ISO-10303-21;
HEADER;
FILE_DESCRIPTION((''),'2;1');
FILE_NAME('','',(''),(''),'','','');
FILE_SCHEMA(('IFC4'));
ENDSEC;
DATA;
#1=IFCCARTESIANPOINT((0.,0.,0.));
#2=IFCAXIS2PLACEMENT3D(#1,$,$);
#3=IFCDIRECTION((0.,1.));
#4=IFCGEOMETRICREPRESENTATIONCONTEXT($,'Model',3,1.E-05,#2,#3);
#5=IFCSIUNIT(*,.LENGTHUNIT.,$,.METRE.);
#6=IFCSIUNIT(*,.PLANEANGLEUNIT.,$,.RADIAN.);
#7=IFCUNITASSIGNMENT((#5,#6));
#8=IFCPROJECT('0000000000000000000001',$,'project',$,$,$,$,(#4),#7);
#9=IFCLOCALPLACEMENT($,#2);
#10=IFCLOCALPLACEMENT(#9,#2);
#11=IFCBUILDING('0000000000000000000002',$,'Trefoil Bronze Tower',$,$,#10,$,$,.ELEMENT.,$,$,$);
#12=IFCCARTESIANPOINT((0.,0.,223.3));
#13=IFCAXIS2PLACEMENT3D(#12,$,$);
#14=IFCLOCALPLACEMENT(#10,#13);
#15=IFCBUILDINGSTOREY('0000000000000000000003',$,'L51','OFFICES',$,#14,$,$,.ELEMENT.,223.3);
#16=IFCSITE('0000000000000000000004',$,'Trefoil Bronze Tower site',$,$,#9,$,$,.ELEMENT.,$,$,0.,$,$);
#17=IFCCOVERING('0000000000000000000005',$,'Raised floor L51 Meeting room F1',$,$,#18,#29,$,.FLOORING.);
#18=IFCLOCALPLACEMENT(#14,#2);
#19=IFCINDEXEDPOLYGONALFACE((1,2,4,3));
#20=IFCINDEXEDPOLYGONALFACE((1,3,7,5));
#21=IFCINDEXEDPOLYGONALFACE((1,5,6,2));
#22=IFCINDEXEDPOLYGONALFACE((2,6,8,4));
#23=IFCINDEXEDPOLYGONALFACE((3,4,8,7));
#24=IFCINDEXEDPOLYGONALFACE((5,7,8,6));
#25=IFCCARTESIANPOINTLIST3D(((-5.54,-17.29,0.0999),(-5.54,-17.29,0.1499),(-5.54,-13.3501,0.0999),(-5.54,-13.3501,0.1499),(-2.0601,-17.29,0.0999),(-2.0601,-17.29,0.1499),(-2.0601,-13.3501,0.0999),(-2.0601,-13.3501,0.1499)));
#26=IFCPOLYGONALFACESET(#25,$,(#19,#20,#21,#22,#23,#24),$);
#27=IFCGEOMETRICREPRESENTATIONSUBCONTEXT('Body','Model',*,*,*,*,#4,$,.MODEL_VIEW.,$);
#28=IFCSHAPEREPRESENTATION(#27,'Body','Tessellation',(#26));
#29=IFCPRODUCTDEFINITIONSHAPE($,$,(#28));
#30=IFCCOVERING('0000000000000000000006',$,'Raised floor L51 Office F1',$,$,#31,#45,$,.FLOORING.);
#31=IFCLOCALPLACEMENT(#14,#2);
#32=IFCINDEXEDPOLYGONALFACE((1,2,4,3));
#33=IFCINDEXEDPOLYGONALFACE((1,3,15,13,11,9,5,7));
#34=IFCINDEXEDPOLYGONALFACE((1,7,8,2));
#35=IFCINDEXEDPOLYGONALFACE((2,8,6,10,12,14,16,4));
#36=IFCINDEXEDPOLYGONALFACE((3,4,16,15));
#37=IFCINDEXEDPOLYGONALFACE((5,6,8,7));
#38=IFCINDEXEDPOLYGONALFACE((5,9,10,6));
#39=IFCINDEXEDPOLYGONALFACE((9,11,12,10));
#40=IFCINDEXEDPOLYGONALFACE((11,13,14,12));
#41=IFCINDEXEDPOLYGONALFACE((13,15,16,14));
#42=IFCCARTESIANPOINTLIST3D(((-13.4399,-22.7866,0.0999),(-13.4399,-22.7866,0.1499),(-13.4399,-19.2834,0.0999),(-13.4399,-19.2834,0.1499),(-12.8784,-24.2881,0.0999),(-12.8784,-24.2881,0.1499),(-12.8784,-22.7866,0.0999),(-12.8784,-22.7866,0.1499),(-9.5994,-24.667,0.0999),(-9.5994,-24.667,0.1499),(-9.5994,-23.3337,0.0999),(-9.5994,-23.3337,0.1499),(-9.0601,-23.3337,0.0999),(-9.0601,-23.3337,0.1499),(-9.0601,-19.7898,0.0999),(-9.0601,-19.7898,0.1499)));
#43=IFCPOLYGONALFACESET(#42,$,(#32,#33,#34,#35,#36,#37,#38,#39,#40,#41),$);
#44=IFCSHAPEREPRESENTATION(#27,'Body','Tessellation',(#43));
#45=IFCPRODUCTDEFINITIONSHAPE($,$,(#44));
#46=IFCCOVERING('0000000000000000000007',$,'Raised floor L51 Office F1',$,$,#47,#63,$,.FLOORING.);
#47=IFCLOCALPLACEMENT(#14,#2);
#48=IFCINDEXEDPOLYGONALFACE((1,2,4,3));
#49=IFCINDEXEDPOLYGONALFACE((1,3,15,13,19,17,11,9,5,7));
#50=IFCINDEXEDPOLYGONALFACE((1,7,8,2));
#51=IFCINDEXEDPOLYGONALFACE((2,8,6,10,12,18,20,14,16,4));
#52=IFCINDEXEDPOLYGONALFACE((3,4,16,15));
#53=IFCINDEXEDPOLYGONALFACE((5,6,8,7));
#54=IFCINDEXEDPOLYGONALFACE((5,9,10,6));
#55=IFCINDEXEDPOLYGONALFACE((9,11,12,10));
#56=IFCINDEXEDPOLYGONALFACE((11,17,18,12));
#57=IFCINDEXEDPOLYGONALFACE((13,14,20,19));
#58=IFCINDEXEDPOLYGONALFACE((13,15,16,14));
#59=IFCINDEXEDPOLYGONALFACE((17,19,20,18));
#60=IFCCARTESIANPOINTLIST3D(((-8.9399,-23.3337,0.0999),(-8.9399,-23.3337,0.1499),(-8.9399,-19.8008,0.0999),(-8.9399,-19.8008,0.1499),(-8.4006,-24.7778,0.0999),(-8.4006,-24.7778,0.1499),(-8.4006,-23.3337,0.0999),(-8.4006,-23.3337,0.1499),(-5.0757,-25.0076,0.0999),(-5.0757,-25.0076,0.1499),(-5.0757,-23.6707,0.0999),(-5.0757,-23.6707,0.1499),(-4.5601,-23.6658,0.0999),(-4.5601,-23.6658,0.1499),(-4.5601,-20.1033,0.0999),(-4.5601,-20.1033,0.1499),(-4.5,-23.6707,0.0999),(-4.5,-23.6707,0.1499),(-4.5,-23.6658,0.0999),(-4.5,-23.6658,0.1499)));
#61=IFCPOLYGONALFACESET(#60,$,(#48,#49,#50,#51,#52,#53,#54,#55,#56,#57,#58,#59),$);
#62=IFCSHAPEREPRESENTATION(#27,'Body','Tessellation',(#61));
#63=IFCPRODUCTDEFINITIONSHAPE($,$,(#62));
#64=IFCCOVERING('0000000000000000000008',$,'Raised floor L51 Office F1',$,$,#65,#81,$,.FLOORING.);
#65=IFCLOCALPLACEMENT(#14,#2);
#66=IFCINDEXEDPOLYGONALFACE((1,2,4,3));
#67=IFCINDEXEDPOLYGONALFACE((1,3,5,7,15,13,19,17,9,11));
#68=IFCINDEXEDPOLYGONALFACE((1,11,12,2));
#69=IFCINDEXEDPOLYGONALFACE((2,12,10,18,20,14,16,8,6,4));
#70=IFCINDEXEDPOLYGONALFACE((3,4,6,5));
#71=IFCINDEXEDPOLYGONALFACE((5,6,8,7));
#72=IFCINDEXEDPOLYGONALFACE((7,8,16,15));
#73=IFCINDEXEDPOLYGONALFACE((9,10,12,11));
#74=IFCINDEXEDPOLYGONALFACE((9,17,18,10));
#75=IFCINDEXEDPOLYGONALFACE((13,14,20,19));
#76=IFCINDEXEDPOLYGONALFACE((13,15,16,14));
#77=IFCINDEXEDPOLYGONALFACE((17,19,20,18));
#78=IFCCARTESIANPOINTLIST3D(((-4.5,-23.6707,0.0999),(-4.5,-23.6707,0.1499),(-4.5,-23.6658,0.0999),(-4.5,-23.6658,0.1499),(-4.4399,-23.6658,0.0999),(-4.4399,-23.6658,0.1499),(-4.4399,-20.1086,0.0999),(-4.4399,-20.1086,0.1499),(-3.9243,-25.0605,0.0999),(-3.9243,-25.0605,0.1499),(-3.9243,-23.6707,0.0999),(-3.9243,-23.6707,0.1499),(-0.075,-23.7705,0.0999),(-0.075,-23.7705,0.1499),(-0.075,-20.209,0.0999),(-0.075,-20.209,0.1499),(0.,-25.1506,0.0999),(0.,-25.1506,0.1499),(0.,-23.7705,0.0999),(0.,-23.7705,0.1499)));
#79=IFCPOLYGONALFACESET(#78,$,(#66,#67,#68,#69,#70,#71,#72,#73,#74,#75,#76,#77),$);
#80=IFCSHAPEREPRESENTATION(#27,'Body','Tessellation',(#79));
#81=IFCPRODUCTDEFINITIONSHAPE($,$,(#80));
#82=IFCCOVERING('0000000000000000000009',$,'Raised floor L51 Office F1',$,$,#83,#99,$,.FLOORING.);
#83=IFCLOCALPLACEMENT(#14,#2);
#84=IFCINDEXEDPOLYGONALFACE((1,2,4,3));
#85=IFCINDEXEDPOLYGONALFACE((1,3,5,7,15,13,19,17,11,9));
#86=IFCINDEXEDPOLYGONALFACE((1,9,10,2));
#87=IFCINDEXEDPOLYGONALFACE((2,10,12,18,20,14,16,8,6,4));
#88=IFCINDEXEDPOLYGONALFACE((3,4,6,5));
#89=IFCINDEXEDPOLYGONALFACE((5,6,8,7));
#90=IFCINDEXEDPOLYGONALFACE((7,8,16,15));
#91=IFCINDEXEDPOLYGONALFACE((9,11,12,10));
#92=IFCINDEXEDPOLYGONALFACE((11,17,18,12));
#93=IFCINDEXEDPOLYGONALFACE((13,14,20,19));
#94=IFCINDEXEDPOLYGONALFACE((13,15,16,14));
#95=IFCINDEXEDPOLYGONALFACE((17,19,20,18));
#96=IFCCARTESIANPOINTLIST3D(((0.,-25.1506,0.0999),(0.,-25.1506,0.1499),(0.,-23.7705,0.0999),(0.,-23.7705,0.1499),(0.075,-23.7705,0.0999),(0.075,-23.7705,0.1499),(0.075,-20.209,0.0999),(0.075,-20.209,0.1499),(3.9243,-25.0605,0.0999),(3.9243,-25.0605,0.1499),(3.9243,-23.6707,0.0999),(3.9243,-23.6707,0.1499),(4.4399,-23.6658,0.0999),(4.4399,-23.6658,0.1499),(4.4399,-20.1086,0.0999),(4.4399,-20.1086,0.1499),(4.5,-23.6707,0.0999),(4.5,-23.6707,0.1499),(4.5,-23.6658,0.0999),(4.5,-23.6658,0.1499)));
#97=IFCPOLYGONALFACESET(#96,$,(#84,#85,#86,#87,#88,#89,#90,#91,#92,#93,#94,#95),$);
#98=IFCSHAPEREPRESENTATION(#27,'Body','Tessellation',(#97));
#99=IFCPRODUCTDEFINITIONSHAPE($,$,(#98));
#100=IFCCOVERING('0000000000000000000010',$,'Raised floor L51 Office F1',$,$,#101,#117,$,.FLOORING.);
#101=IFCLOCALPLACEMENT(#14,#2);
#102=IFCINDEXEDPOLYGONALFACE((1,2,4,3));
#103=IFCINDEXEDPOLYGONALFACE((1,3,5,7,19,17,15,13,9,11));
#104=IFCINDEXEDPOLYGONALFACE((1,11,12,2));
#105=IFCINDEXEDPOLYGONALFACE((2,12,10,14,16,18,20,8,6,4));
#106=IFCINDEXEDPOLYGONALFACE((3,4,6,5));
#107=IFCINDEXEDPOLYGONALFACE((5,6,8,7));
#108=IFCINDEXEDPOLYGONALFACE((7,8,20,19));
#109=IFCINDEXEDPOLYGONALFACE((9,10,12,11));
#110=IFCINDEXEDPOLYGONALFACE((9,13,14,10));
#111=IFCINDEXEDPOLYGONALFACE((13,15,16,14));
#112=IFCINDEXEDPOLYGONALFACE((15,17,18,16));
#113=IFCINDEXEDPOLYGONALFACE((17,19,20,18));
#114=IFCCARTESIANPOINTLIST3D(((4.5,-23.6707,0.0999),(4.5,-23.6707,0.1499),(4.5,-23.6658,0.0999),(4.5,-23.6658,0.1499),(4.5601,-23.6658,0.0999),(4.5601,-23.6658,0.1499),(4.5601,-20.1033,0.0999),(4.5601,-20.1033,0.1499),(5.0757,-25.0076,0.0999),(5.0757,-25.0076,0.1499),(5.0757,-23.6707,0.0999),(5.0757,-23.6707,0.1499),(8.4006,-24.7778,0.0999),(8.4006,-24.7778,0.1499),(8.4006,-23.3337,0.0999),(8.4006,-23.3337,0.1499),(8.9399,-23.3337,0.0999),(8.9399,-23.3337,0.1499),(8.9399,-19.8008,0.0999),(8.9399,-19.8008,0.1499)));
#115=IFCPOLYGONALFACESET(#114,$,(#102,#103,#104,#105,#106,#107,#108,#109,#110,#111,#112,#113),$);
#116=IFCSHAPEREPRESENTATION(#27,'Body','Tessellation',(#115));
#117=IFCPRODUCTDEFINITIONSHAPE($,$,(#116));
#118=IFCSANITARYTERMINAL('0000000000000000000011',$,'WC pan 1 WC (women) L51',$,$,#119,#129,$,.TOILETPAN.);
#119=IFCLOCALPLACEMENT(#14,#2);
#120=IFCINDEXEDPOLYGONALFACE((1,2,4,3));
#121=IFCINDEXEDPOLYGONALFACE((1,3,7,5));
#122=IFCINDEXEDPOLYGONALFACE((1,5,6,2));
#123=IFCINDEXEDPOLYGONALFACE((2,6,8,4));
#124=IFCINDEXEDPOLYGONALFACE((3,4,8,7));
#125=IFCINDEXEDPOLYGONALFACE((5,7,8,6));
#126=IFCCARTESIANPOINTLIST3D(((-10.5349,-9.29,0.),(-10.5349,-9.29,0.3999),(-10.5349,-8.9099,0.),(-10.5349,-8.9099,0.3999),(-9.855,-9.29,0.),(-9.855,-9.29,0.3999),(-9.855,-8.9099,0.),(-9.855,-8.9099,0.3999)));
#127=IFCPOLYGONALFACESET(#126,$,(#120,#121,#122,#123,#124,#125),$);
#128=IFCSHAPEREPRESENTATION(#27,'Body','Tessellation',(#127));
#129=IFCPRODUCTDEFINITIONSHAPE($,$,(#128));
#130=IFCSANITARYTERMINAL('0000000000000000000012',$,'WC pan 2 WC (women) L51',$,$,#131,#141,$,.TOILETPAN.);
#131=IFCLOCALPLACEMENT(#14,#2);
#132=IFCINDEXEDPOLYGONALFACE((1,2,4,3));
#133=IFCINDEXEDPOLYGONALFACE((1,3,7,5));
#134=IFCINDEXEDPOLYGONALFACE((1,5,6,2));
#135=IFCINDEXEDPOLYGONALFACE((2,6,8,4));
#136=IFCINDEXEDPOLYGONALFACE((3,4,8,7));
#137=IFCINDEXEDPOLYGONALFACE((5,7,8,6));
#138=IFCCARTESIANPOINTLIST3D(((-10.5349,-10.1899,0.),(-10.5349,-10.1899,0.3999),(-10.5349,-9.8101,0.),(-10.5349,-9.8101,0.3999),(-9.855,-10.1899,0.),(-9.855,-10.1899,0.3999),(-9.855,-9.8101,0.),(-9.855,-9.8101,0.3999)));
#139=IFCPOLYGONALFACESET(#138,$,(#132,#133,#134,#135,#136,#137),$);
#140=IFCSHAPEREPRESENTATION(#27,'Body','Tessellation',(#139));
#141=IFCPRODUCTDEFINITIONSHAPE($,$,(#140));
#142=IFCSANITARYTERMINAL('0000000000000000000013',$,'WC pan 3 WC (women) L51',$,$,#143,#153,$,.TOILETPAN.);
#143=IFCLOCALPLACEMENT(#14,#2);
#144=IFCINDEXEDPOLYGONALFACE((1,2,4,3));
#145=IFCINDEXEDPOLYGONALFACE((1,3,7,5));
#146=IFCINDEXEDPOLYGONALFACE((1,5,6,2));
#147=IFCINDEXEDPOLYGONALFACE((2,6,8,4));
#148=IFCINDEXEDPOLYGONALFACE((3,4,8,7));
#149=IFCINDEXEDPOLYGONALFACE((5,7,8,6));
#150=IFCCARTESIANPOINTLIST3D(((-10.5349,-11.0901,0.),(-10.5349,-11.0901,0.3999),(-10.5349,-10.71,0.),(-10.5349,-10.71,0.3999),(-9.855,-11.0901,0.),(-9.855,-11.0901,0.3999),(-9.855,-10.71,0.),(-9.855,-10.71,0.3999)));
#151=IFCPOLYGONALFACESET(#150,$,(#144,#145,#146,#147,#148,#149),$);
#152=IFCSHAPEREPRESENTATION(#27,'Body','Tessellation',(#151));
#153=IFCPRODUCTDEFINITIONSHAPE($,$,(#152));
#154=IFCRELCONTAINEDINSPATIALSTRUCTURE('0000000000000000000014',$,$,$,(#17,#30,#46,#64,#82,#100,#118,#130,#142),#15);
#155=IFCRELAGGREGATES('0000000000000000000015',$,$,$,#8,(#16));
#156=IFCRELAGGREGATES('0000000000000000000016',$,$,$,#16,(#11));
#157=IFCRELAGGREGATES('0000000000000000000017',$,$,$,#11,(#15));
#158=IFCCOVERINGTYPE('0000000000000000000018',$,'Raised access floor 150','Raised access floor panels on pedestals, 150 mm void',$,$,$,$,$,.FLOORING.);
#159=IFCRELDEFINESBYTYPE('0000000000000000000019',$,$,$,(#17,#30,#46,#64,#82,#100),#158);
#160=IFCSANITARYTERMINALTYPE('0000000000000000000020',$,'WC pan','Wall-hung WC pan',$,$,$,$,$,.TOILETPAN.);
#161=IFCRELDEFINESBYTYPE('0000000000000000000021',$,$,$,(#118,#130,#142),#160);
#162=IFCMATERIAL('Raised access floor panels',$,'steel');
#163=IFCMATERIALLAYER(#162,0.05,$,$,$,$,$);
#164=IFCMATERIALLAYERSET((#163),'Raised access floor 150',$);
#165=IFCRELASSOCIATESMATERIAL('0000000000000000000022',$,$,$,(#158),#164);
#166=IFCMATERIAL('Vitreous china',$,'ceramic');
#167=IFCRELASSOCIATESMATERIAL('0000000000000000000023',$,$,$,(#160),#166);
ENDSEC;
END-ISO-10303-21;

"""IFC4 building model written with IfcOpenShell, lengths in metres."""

from ifc_helpers import new_model, si_unit, direction, frame, origin, place, context, subcontext, project, spatial, polyline, outline, extrude, material, layer, layer_set, type_object, element, save


model = new_model("IFC4")

# Units and contexts
model_context = context("Model", 3, precision=1e-05, world=origin(), true_north=direction((0.0, 1.0)))
body_context = subcontext(model_context, "Body", "Model", "MODEL_VIEW")
ifc_project = project(units=[si_unit("LENGTHUNIT", "METRE"), si_unit("PLANEANGLEUNIT", "RADIAN")], contexts=[model_context])

# Site, building, storey
site_placement = place(None, origin())
site = spatial("IfcSite", under=ifc_project, at=site_placement, Name="Trefoil Bronze Tower site", CompositionType="ELEMENT", RefElevation=0.0)
building_placement = place(site_placement, origin())
building = spatial("IfcBuilding", under=site, at=building_placement, Name="Trefoil Bronze Tower", CompositionType="ELEMENT")
storey_placement = place(building_placement, frame((0.0, 0.0, 223.3)))
storey = spatial("IfcBuildingStorey", under=building, at=storey_placement, Name="L51", Description="OFFICES", CompositionType="ELEMENT", Elevation=223.3)

# Coverings
ifc_material_1 = material(Name="Raised access floor panels", Category="steel")
ifc_layer_1 = layer(ifc_material_1, 0.05)
ifc_layer_set_1 = layer_set([ifc_layer_1], Name="Raised access floor 150")
covering_type_1 = type_object("IfcCoveringType", Name="Raised access floor 150", Description="Raised access floor panels on pedestals, 150 mm void", PredefinedType="FLOORING", material=ifc_layer_set_1)
covering_1_placement = place(storey_placement, frame((0.0, 0.0, 0.0999)))
element("IfcCovering", 1, at=covering_1_placement, inside=storey, type_object=covering_type_1, Name="Raised floor L51 Meeting room F1", PredefinedType="FLOORING", context=body_context, shape_type="SweptSolid", body=[
    extrude(outline(polyline([(-2.0601, -13.3501), (-2.0601, -17.29), (-5.54, -17.29), (-5.54, -13.3501), (-2.0601, -13.3501)])), origin(), (0.0, 0.0, 1.0), 0.05),
])
covering_2_placement = place(storey_placement, frame((0.0, 0.0, 0.0999)))
element("IfcCovering", 2, at=covering_2_placement, inside=storey, type_object=covering_type_1, Name="Raised floor L51 Office F1", PredefinedType="FLOORING", context=body_context, shape_type="SweptSolid", body=[
    extrude(outline(polyline([(-13.4399, -22.7866), (-13.4399, -19.2834), (-9.0601, -19.7898), (-9.0601, -23.3337), (-9.5994, -23.3337), (-9.5994, -24.667), (-12.8784, -24.2881), (-12.8784, -22.7866), (-13.4399, -22.7866)])), origin(), (0.0, 0.0, 1.0), 0.05),
])
covering_3_placement = place(storey_placement, frame((0.0, 0.0, 0.0999)))
element("IfcCovering", 3, at=covering_3_placement, inside=storey, type_object=covering_type_1, Name="Raised floor L51 Office F1", PredefinedType="FLOORING", context=body_context, shape_type="SweptSolid", body=[
    extrude(outline(polyline([(-8.9399, -23.3337), (-8.9399, -19.8008), (-4.5601, -20.1033), (-4.5601, -23.6658), (-4.5, -23.6658), (-4.5, -23.6707), (-5.0757, -23.6707), (-5.0757, -25.0076), (-8.4006, -24.7778), (-8.4006, -23.3337), (-8.9399, -23.3337)])), origin(), (0.0, 0.0, 1.0), 0.05),
])
covering_4_placement = place(storey_placement, frame((0.0, 0.0, 0.0999)))
element("IfcCovering", 4, at=covering_4_placement, inside=storey, type_object=covering_type_1, Name="Raised floor L51 Office F1", PredefinedType="FLOORING", context=body_context, shape_type="SweptSolid", body=[
    extrude(outline(polyline([(-4.5, -23.6658), (-4.4399, -23.6658), (-4.4399, -20.1086), (-0.075, -20.209), (-0.075, -23.7705), (0.0, -23.7705), (0.0, -25.1506), (-3.9243, -25.0605), (-3.9243, -23.6707), (-4.5, -23.6707), (-4.5, -23.6658)])), origin(), (0.0, 0.0, 1.0), 0.05),
])
covering_5_placement = place(storey_placement, frame((0.0, 0.0, 0.0999)))
element("IfcCovering", 5, at=covering_5_placement, inside=storey, type_object=covering_type_1, Name="Raised floor L51 Office F1", PredefinedType="FLOORING", context=body_context, shape_type="SweptSolid", body=[
    extrude(outline(polyline([(0.0, -23.7705), (0.075, -23.7705), (0.075, -20.209), (4.4399, -20.1086), (4.4399, -23.6658), (4.5, -23.6658), (4.5, -23.6707), (3.9243, -23.6707), (3.9243, -25.0605), (0.0, -25.1506), (0.0, -23.7705)])), origin(), (0.0, 0.0, 1.0), 0.05),
])
covering_6_placement = place(storey_placement, frame((0.0, 0.0, 0.0999)))
element("IfcCovering", 6, at=covering_6_placement, inside=storey, type_object=covering_type_1, Name="Raised floor L51 Office F1", PredefinedType="FLOORING", context=body_context, shape_type="SweptSolid", body=[
    extrude(outline(polyline([(4.5, -23.6658), (4.5601, -23.6658), (4.5601, -20.1033), (8.9399, -19.8008), (8.9399, -23.3337), (8.4006, -23.3337), (8.4006, -24.7778), (5.0757, -25.0076), (5.0757, -23.6707), (4.5, -23.6707), (4.5, -23.6658)])), origin(), (0.0, 0.0, 1.0), 0.05),
])

# Sanitary terminals
ifc_material_2 = material(Name="Vitreous china", Category="ceramic")
sanitary_terminal_type = type_object("IfcSanitaryTerminalType", Name="WC pan", Description="Wall-hung WC pan", PredefinedType="TOILETPAN", material=ifc_material_2)
sanitary_terminal_1_placement = place(storey_placement, origin())
element("IfcSanitaryTerminal", 7, at=sanitary_terminal_1_placement, inside=storey, type_object=sanitary_terminal_type, Name="WC pan 1 WC (women) L51", PredefinedType="TOILETPAN", context=body_context, shape_type="SweptSolid", body=[
    extrude(outline(polyline([(-9.855, -8.9099), (-10.5349, -8.9099), (-10.5349, -9.29), (-9.855, -9.29), (-9.855, -8.9099)])), origin(), (0.0, 0.0, 1.0), 0.3999),
])
sanitary_terminal_2_placement = place(storey_placement, origin())
element("IfcSanitaryTerminal", 8, at=sanitary_terminal_2_placement, inside=storey, type_object=sanitary_terminal_type, Name="WC pan 2 WC (women) L51", PredefinedType="TOILETPAN", context=body_context, shape_type="SweptSolid", body=[
    extrude(outline(polyline([(-9.855, -9.8101), (-10.5349, -9.8101), (-10.5349, -10.1899), (-9.855, -10.1899), (-9.855, -9.8101)])), origin(), (0.0, 0.0, 1.0), 0.3999),
])
sanitary_terminal_3_placement = place(storey_placement, origin())
element("IfcSanitaryTerminal", 9, at=sanitary_terminal_3_placement, inside=storey, type_object=sanitary_terminal_type, Name="WC pan 3 WC (women) L51", PredefinedType="TOILETPAN", context=body_context, shape_type="SweptSolid", body=[
    extrude(outline(polyline([(-9.855, -10.71), (-10.5349, -10.71), (-10.5349, -11.0901), (-9.855, -11.0901), (-9.855, -10.71)])), origin(), (0.0, 0.0, 1.0), 0.3999),
])

save(model, "model.ifc")
